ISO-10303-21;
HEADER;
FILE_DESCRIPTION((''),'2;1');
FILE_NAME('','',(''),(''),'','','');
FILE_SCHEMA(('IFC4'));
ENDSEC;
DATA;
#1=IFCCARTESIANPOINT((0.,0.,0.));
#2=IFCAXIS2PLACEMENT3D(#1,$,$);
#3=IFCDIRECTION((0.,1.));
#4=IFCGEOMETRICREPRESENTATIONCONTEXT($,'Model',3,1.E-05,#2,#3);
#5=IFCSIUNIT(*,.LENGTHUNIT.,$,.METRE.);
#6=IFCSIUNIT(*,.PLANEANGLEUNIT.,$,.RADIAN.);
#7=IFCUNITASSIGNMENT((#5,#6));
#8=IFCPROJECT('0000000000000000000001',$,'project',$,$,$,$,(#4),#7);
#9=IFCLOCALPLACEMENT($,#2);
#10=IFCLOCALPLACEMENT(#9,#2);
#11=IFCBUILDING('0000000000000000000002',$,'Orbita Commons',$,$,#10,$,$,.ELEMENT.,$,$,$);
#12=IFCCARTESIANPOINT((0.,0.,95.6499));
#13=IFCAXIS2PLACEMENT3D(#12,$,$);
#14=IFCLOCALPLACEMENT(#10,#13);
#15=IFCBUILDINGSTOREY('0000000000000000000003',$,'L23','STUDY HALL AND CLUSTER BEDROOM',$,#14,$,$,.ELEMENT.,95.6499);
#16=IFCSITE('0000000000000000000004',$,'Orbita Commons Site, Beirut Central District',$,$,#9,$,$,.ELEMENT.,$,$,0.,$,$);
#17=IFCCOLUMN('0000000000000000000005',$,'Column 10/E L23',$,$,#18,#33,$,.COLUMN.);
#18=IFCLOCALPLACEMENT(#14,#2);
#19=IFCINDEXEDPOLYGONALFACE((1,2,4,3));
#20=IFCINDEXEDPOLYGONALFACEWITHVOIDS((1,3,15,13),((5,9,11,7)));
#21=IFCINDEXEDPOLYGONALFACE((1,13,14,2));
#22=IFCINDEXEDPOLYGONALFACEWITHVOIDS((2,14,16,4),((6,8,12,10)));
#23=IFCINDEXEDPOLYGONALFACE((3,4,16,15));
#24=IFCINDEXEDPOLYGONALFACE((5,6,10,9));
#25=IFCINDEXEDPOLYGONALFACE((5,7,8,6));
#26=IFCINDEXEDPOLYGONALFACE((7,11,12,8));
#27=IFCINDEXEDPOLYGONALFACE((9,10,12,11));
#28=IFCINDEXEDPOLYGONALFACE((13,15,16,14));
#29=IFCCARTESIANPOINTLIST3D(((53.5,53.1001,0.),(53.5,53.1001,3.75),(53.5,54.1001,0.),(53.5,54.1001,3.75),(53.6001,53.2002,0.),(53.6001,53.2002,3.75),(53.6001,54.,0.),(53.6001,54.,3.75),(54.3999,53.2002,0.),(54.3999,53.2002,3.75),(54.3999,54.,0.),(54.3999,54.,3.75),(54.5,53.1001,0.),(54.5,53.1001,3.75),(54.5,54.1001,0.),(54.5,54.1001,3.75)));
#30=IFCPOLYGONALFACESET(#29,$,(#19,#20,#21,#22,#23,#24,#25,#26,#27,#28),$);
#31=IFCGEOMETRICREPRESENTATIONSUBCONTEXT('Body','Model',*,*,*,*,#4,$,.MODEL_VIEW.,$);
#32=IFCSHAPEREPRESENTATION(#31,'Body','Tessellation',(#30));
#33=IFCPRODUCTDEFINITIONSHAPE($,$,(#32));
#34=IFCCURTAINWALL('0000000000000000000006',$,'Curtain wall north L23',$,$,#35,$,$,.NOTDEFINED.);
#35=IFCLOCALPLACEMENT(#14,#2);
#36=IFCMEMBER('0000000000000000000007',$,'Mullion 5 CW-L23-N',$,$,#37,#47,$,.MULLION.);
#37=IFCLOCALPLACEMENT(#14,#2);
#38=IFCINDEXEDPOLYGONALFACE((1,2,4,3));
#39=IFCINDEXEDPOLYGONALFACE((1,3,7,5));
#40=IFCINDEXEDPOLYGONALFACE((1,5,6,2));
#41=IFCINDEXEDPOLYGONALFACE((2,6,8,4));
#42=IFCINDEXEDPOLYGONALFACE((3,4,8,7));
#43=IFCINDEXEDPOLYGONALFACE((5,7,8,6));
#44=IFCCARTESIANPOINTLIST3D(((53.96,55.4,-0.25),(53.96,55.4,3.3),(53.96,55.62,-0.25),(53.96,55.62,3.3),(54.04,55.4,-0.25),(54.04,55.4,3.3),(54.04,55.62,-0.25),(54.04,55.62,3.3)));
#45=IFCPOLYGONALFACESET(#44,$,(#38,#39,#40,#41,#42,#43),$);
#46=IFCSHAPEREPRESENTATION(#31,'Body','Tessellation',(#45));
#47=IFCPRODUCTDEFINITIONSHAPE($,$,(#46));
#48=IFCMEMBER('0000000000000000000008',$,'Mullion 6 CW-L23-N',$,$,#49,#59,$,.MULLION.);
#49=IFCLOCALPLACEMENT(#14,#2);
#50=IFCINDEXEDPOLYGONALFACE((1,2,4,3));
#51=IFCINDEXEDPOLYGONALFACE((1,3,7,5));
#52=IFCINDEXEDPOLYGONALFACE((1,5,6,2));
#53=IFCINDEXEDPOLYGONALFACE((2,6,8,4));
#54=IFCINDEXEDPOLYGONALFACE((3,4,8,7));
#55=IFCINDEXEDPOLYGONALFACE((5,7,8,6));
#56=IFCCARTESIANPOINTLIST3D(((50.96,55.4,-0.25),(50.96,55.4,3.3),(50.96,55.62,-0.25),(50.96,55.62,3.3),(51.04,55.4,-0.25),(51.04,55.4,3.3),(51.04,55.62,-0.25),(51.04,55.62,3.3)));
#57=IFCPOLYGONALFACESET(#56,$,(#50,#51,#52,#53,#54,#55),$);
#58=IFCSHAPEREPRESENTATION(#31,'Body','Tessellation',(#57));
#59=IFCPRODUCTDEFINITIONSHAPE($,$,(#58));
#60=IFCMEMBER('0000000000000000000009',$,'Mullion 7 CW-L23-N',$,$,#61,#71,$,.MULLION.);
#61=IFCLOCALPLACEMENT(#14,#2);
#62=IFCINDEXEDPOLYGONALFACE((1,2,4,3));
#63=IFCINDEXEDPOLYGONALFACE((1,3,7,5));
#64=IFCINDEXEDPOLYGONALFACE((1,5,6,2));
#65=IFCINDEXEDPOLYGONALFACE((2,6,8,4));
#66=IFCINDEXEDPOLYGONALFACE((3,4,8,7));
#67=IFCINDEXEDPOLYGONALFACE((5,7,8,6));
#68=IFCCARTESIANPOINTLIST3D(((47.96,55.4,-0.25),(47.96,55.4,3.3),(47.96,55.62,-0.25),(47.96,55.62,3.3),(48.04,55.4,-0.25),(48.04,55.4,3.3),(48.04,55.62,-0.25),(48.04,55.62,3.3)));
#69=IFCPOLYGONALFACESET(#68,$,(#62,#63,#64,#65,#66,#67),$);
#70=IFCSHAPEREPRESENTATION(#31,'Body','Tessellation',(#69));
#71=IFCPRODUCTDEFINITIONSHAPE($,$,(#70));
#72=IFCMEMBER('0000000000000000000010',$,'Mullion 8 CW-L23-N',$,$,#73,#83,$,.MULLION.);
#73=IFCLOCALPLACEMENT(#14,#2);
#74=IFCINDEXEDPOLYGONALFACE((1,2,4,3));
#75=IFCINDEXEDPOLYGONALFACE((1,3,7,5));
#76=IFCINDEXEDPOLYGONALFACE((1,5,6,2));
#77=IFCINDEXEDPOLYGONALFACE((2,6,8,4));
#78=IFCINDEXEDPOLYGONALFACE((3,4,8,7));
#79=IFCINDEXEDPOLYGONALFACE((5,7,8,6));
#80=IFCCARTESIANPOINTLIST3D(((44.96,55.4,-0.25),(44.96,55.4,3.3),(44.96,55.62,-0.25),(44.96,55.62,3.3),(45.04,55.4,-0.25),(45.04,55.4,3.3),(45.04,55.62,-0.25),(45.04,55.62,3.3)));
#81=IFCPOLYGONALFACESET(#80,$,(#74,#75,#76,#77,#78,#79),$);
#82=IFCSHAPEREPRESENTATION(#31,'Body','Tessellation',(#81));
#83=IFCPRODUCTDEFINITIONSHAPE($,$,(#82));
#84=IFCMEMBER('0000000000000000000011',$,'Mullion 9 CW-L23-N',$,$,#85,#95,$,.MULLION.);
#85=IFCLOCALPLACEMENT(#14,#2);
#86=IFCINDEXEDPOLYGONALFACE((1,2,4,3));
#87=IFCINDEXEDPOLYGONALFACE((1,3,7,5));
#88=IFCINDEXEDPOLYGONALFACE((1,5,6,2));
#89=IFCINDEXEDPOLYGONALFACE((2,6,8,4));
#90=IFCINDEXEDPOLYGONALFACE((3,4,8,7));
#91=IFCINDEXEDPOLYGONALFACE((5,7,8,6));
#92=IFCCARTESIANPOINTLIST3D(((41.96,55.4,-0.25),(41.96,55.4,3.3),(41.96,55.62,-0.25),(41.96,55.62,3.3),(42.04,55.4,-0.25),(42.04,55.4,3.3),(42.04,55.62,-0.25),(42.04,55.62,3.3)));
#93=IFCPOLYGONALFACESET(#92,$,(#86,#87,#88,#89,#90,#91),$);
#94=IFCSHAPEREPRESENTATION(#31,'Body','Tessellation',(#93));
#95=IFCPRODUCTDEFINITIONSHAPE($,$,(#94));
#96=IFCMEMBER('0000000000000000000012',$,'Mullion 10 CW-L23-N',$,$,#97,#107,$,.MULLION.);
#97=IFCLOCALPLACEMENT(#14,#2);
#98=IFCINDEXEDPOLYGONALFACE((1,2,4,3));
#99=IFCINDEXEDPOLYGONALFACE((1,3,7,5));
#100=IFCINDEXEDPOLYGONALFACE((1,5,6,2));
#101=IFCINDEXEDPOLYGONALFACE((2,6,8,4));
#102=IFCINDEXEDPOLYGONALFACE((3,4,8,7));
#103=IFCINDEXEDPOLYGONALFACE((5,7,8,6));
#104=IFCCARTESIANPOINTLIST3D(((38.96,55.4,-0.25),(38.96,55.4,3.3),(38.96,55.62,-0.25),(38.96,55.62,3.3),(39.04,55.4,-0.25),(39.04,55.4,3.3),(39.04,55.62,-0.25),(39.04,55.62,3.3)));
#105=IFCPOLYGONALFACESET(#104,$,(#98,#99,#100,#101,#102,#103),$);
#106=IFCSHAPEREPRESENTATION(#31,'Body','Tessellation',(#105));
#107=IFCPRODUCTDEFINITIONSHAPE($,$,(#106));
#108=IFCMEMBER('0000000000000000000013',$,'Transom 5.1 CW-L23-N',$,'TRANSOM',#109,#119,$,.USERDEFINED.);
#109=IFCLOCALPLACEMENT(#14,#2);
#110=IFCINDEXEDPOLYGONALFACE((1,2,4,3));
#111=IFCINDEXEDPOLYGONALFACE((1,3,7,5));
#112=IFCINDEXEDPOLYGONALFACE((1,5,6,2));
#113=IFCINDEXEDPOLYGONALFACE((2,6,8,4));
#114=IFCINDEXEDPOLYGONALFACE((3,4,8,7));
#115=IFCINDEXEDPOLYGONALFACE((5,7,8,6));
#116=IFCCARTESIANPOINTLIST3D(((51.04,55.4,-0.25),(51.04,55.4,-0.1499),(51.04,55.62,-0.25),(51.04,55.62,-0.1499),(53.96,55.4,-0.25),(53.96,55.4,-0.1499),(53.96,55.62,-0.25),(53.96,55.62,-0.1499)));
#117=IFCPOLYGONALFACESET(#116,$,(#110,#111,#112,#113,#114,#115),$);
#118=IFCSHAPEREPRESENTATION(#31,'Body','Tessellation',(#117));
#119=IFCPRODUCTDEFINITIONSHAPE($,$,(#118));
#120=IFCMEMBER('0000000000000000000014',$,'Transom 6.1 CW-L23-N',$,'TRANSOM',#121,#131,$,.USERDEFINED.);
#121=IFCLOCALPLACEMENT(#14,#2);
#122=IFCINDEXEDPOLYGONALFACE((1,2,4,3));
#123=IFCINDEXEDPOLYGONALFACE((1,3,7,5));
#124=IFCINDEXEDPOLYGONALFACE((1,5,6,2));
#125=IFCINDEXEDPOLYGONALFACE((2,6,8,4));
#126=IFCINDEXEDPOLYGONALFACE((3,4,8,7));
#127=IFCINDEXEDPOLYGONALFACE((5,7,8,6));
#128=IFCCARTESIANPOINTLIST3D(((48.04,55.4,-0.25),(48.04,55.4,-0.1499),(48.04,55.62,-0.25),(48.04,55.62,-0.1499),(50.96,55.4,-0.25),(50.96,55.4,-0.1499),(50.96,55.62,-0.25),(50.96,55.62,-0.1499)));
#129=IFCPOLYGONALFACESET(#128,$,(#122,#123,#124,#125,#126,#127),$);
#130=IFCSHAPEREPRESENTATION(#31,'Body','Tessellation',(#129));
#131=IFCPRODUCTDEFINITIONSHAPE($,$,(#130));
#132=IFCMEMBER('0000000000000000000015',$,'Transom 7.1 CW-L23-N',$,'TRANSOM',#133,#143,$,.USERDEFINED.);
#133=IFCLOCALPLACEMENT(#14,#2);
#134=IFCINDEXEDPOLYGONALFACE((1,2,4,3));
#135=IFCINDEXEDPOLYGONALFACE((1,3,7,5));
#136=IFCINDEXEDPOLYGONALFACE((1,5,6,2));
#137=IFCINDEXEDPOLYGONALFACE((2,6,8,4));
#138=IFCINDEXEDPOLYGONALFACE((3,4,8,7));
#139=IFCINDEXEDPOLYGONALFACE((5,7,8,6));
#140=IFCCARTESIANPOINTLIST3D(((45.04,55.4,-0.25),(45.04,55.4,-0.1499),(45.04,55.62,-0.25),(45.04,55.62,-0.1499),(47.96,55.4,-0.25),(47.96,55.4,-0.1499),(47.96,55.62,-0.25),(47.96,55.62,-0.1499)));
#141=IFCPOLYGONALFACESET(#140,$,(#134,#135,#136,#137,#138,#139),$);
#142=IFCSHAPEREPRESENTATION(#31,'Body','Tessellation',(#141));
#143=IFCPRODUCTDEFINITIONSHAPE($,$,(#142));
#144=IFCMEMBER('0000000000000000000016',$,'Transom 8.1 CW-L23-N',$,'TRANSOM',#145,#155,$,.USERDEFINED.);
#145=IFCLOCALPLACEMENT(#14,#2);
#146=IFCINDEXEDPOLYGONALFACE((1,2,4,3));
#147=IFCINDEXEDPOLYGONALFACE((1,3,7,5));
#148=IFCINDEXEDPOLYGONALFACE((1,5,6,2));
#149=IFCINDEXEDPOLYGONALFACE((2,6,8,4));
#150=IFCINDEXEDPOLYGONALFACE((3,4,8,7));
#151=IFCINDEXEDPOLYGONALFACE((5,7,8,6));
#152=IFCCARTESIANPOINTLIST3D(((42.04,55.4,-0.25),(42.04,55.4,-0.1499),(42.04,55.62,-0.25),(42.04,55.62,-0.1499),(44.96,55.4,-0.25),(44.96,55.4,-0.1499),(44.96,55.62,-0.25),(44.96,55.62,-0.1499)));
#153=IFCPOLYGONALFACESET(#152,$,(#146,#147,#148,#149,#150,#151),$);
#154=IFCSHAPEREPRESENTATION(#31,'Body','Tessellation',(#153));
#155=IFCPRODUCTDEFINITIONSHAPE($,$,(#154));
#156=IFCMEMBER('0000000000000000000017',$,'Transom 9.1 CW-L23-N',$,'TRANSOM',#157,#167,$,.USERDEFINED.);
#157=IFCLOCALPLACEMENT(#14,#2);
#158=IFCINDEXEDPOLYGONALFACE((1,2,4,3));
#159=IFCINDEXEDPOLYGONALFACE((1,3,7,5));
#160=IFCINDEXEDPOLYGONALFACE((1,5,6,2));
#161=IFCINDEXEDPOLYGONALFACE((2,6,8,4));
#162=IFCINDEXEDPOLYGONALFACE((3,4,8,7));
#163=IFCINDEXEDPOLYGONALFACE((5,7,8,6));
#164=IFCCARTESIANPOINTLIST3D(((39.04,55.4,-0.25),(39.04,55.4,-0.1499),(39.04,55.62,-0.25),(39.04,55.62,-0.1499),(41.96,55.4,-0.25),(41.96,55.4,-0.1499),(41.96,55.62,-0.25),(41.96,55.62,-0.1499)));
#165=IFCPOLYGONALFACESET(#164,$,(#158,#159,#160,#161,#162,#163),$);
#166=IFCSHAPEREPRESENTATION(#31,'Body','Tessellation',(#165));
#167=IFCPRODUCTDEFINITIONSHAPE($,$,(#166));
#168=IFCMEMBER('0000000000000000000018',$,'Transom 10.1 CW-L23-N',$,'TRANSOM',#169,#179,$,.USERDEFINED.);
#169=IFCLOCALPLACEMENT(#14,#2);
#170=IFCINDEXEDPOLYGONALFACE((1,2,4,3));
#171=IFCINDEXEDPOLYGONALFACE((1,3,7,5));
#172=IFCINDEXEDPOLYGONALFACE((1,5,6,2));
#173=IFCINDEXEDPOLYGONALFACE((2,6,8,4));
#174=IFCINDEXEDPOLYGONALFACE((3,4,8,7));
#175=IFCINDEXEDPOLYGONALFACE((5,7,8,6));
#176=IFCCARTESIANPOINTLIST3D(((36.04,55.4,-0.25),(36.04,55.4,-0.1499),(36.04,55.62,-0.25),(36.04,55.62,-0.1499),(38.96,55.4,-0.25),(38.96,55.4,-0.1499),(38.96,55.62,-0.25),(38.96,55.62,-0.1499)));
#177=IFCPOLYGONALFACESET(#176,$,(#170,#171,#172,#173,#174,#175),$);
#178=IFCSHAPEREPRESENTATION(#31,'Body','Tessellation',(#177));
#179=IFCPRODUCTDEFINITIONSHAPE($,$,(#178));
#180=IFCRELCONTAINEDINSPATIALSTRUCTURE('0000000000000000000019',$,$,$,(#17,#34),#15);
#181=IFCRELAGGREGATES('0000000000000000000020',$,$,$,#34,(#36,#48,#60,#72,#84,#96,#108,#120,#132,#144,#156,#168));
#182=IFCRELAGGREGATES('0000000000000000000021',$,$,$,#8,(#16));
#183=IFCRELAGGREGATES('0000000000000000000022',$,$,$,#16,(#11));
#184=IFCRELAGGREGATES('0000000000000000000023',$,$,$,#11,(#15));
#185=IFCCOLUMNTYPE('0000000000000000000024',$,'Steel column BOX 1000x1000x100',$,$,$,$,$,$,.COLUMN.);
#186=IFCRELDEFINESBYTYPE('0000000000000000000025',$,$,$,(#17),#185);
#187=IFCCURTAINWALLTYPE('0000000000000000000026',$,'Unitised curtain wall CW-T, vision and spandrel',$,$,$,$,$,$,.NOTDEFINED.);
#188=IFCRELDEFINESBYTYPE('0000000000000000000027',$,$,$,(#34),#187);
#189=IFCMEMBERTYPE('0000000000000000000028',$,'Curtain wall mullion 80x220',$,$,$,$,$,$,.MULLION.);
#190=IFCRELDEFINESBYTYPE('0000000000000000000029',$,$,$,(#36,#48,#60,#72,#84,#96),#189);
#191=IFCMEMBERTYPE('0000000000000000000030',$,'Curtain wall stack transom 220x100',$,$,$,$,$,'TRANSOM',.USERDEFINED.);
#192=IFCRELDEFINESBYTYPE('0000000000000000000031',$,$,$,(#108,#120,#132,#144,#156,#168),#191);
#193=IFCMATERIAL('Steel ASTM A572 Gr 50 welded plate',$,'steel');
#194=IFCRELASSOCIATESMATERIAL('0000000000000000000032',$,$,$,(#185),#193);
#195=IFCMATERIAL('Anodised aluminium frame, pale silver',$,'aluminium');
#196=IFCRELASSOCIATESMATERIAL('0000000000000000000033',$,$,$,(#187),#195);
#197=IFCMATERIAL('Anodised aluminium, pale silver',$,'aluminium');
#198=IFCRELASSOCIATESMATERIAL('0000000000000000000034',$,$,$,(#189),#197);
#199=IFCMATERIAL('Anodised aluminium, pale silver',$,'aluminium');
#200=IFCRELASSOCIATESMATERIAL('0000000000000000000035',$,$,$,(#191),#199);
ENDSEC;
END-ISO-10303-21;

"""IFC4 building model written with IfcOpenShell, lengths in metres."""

from ifc_helpers import new_model, si_unit, direction, frame, origin, origin_2d, place, context, subcontext, project, spatial, rectangle, hollow_rectangle, extrude, material, material_profile, profile_set, type_object, element, aggregate, save


model = new_model("IFC4")

# Units and contexts
model_context = context("Model", 3, precision=1e-05, world=origin(), true_north=direction((0.0, 1.0)))
body_context = subcontext(model_context, "Body", "Model", "MODEL_VIEW")
ifc_project = project(units=[si_unit("LENGTHUNIT", "METRE"), si_unit("PLANEANGLEUNIT", "RADIAN")], contexts=[model_context])

# Site, building, storey
site_placement = place(None, origin())
site = spatial("IfcSite", under=ifc_project, at=site_placement, Name="Orbita Commons Site, Beirut Central District", CompositionType="ELEMENT", RefElevation=0.0)
building_placement = place(site_placement, origin())
building = spatial("IfcBuilding", under=site, at=building_placement, Name="Orbita Commons", CompositionType="ELEMENT")
storey_placement = place(building_placement, frame((0.0, 0.0, 95.6499)))
storey = spatial("IfcBuildingStorey", under=building, at=storey_placement, Name="L23", Description="STUDY HALL AND CLUSTER BEDROOM", CompositionType="ELEMENT", Elevation=95.6499)

# Column
ifc_material_1 = material(Name="Steel ASTM A572 Gr 50 welded plate", Category="steel")
ifc_material_profile_1 = material_profile(ifc_material_1, hollow_rectangle(XDim=1.0, YDim=1.0, WallThickness=0.1001, at=origin_2d()), Name="BOX 1000x1000x100")
ifc_profile_set_1 = profile_set([ifc_material_profile_1], Name="Steel ASTM A572 Gr 50 welded plate")
column_type = type_object("IfcColumnType", Name="Steel column BOX 1000x1000x100", PredefinedType="COLUMN", material=ifc_profile_set_1)
column_placement = place(storey_placement, frame((54.0, 53.6001, 0.0), z_axis=(0.0, 0.0, 1.0), x_axis=(1.0, 0.0, 0.0)))
element("IfcColumn", 1, at=column_placement, inside=storey, type_object=column_type, Name="Column 10/E L23", PredefinedType="COLUMN", context=body_context, shape_type="SweptSolid", body=[
    extrude(hollow_rectangle(XDim=1.0, YDim=1.0, WallThickness=0.1001, at=origin_2d()), origin(), (0.0, 0.0, 1.0), 3.75),
])

# Curtain wall, members
ifc_material_2 = material(Name="Anodised aluminium frame, pale silver", Category="aluminium")
curtain_wall_type = type_object("IfcCurtainWallType", Name="Unitised curtain wall CW-T, vision and spandrel", PredefinedType="NOTDEFINED", material=ifc_material_2)
curtain_wall_placement = place(storey_placement, origin())
curtain_wall = element("IfcCurtainWall", 2, at=curtain_wall_placement, inside=storey, type_object=curtain_wall_type, Name="Curtain wall north L23", PredefinedType="NOTDEFINED")
ifc_material_3 = material(Name="Anodised aluminium, pale silver", Category="aluminium")
ifc_material_profile_2 = material_profile(ifc_material_3, rectangle(XDim=0.0801, YDim=0.22, at=origin_2d()), Name="AL 80x220")
ifc_profile_set_2 = profile_set([ifc_material_profile_2], Name="Anodised aluminium, pale silver")
member_type_1 = type_object("IfcMemberType", Name="Curtain wall mullion 80x220", PredefinedType="MULLION", material=ifc_profile_set_2)
member_1_placement = place(storey_placement, frame((54.0, 55.51, -0.25), z_axis=(0.0, 0.0, 1.0), x_axis=(-1.0, 0.0, 0.0)))
member_1 = element("IfcMember", 3, at=member_1_placement, type_object=member_type_1, Name="Mullion 5 CW-L23-N", PredefinedType="MULLION", context=body_context, shape_type="SweptSolid", body=[
    extrude(rectangle(XDim=0.0801, YDim=0.22, at=origin_2d()), origin(), (0.0, 0.0, 1.0), 3.55),
])
member_2_placement = place(storey_placement, frame((51.0, 55.51, -0.25), z_axis=(0.0, 0.0, 1.0), x_axis=(-1.0, 0.0, 0.0)))
member_2 = element("IfcMember", 4, at=member_2_placement, type_object=member_type_1, Name="Mullion 6 CW-L23-N", PredefinedType="MULLION", context=body_context, shape_type="SweptSolid", body=[
    extrude(rectangle(XDim=0.0801, YDim=0.22, at=origin_2d()), origin(), (0.0, 0.0, 1.0), 3.55),
])
member_3_placement = place(storey_placement, frame((48.0, 55.51, -0.25), z_axis=(0.0, 0.0, 1.0), x_axis=(-1.0, 0.0, 0.0)))
member_3 = element("IfcMember", 5, at=member_3_placement, type_object=member_type_1, Name="Mullion 7 CW-L23-N", PredefinedType="MULLION", context=body_context, shape_type="SweptSolid", body=[
    extrude(rectangle(XDim=0.0801, YDim=0.22, at=origin_2d()), origin(), (0.0, 0.0, 1.0), 3.55),
])
member_4_placement = place(storey_placement, frame((45.0, 55.51, -0.25), z_axis=(0.0, 0.0, 1.0), x_axis=(-1.0, 0.0, 0.0)))
member_4 = element("IfcMember", 6, at=member_4_placement, type_object=member_type_1, Name="Mullion 8 CW-L23-N", PredefinedType="MULLION", context=body_context, shape_type="SweptSolid", body=[
    extrude(rectangle(XDim=0.0801, YDim=0.22, at=origin_2d()), origin(), (0.0, 0.0, 1.0), 3.55),
])
member_5_placement = place(storey_placement, frame((42.0, 55.51, -0.25), z_axis=(0.0, 0.0, 1.0), x_axis=(-1.0, 0.0, 0.0)))
member_5 = element("IfcMember", 7, at=member_5_placement, type_object=member_type_1, Name="Mullion 9 CW-L23-N", PredefinedType="MULLION", context=body_context, shape_type="SweptSolid", body=[
    extrude(rectangle(XDim=0.0801, YDim=0.22, at=origin_2d()), origin(), (0.0, 0.0, 1.0), 3.55),
])
member_6_placement = place(storey_placement, frame((39.0, 55.51, -0.25), z_axis=(0.0, 0.0, 1.0), x_axis=(-1.0, 0.0, 0.0)))
member_6 = element("IfcMember", 8, at=member_6_placement, type_object=member_type_1, Name="Mullion 10 CW-L23-N", PredefinedType="MULLION", context=body_context, shape_type="SweptSolid", body=[
    extrude(rectangle(XDim=0.0801, YDim=0.22, at=origin_2d()), origin(), (0.0, 0.0, 1.0), 3.55),
])
ifc_material_4 = material(Name="Anodised aluminium, pale silver", Category="aluminium")
ifc_material_profile_3 = material_profile(ifc_material_4, rectangle(XDim=0.22, YDim=0.1001, at=origin_2d()), Name="AL 220x100")
ifc_profile_set_3 = profile_set([ifc_material_profile_3], Name="Anodised aluminium, pale silver")
member_type_2 = type_object("IfcMemberType", Name="Curtain wall stack transom 220x100", ElementType="TRANSOM", PredefinedType="USERDEFINED", material=ifc_profile_set_3)
member_7_placement = place(storey_placement, frame((53.96, 55.51, -0.2), z_axis=(-1.0, 0.0, 0.0), x_axis=(0.0, -1.0, 0.0)))
member_7 = element("IfcMember", 9, at=member_7_placement, type_object=member_type_2, Name="Transom 5.1 CW-L23-N", ObjectType="TRANSOM", PredefinedType="USERDEFINED", context=body_context, shape_type="SweptSolid", body=[
    extrude(rectangle(XDim=0.22, YDim=0.1001, at=origin_2d()), origin(), (0.0, 0.0, 1.0), 2.9199),
])
member_8_placement = place(storey_placement, frame((50.96, 55.51, -0.2), z_axis=(-1.0, 0.0, 0.0), x_axis=(0.0, -1.0, 0.0)))
member_8 = element("IfcMember", 10, at=member_8_placement, type_object=member_type_2, Name="Transom 6.1 CW-L23-N", ObjectType="TRANSOM", PredefinedType="USERDEFINED", context=body_context, shape_type="SweptSolid", body=[
    extrude(rectangle(XDim=0.22, YDim=0.1001, at=origin_2d()), origin(), (0.0, 0.0, 1.0), 2.9199),
])
member_9_placement = place(storey_placement, frame((47.96, 55.51, -0.2), z_axis=(-1.0, 0.0, 0.0), x_axis=(0.0, -1.0, 0.0)))
member_9 = element("IfcMember", 11, at=member_9_placement, type_object=member_type_2, Name="Transom 7.1 CW-L23-N", ObjectType="TRANSOM", PredefinedType="USERDEFINED", context=body_context, shape_type="SweptSolid", body=[
    extrude(rectangle(XDim=0.22, YDim=0.1001, at=origin_2d()), origin(), (0.0, 0.0, 1.0), 2.9199),
])
member_10_placement = place(storey_placement, frame((44.96, 55.51, -0.2), z_axis=(-1.0, 0.0, 0.0), x_axis=(0.0, -1.0, 0.0)))
member_10 = element("IfcMember", 12, at=member_10_placement, type_object=member_type_2, Name="Transom 8.1 CW-L23-N", ObjectType="TRANSOM", PredefinedType="USERDEFINED", context=body_context, shape_type="SweptSolid", body=[
    extrude(rectangle(XDim=0.22, YDim=0.1001, at=origin_2d()), origin(), (0.0, 0.0, 1.0), 2.9199),
])
member_11_placement = place(storey_placement, frame((41.96, 55.51, -0.2), z_axis=(-1.0, 0.0, 0.0), x_axis=(0.0, -1.0, 0.0)))
member_11 = element("IfcMember", 13, at=member_11_placement, type_object=member_type_2, Name="Transom 9.1 CW-L23-N", ObjectType="TRANSOM", PredefinedType="USERDEFINED", context=body_context, shape_type="SweptSolid", body=[
    extrude(rectangle(XDim=0.22, YDim=0.1001, at=origin_2d()), origin(), (0.0, 0.0, 1.0), 2.9199),
])
member_12_placement = place(storey_placement, frame((38.96, 55.51, -0.2), z_axis=(-1.0, 0.0, 0.0), x_axis=(0.0, -1.0, 0.0)))
member_12 = element("IfcMember", 14, at=member_12_placement, type_object=member_type_2, Name="Transom 10.1 CW-L23-N", ObjectType="TRANSOM", PredefinedType="USERDEFINED", context=body_context, shape_type="SweptSolid", body=[
    extrude(rectangle(XDim=0.22, YDim=0.1001, at=origin_2d()), origin(), (0.0, 0.0, 1.0), 2.9199),
])

aggregate(curtain_wall, [member_1, member_2, member_3, member_4, member_5, member_6, member_7, member_8, member_9, member_10, member_11, member_12])

save(model, "model.ifc")
